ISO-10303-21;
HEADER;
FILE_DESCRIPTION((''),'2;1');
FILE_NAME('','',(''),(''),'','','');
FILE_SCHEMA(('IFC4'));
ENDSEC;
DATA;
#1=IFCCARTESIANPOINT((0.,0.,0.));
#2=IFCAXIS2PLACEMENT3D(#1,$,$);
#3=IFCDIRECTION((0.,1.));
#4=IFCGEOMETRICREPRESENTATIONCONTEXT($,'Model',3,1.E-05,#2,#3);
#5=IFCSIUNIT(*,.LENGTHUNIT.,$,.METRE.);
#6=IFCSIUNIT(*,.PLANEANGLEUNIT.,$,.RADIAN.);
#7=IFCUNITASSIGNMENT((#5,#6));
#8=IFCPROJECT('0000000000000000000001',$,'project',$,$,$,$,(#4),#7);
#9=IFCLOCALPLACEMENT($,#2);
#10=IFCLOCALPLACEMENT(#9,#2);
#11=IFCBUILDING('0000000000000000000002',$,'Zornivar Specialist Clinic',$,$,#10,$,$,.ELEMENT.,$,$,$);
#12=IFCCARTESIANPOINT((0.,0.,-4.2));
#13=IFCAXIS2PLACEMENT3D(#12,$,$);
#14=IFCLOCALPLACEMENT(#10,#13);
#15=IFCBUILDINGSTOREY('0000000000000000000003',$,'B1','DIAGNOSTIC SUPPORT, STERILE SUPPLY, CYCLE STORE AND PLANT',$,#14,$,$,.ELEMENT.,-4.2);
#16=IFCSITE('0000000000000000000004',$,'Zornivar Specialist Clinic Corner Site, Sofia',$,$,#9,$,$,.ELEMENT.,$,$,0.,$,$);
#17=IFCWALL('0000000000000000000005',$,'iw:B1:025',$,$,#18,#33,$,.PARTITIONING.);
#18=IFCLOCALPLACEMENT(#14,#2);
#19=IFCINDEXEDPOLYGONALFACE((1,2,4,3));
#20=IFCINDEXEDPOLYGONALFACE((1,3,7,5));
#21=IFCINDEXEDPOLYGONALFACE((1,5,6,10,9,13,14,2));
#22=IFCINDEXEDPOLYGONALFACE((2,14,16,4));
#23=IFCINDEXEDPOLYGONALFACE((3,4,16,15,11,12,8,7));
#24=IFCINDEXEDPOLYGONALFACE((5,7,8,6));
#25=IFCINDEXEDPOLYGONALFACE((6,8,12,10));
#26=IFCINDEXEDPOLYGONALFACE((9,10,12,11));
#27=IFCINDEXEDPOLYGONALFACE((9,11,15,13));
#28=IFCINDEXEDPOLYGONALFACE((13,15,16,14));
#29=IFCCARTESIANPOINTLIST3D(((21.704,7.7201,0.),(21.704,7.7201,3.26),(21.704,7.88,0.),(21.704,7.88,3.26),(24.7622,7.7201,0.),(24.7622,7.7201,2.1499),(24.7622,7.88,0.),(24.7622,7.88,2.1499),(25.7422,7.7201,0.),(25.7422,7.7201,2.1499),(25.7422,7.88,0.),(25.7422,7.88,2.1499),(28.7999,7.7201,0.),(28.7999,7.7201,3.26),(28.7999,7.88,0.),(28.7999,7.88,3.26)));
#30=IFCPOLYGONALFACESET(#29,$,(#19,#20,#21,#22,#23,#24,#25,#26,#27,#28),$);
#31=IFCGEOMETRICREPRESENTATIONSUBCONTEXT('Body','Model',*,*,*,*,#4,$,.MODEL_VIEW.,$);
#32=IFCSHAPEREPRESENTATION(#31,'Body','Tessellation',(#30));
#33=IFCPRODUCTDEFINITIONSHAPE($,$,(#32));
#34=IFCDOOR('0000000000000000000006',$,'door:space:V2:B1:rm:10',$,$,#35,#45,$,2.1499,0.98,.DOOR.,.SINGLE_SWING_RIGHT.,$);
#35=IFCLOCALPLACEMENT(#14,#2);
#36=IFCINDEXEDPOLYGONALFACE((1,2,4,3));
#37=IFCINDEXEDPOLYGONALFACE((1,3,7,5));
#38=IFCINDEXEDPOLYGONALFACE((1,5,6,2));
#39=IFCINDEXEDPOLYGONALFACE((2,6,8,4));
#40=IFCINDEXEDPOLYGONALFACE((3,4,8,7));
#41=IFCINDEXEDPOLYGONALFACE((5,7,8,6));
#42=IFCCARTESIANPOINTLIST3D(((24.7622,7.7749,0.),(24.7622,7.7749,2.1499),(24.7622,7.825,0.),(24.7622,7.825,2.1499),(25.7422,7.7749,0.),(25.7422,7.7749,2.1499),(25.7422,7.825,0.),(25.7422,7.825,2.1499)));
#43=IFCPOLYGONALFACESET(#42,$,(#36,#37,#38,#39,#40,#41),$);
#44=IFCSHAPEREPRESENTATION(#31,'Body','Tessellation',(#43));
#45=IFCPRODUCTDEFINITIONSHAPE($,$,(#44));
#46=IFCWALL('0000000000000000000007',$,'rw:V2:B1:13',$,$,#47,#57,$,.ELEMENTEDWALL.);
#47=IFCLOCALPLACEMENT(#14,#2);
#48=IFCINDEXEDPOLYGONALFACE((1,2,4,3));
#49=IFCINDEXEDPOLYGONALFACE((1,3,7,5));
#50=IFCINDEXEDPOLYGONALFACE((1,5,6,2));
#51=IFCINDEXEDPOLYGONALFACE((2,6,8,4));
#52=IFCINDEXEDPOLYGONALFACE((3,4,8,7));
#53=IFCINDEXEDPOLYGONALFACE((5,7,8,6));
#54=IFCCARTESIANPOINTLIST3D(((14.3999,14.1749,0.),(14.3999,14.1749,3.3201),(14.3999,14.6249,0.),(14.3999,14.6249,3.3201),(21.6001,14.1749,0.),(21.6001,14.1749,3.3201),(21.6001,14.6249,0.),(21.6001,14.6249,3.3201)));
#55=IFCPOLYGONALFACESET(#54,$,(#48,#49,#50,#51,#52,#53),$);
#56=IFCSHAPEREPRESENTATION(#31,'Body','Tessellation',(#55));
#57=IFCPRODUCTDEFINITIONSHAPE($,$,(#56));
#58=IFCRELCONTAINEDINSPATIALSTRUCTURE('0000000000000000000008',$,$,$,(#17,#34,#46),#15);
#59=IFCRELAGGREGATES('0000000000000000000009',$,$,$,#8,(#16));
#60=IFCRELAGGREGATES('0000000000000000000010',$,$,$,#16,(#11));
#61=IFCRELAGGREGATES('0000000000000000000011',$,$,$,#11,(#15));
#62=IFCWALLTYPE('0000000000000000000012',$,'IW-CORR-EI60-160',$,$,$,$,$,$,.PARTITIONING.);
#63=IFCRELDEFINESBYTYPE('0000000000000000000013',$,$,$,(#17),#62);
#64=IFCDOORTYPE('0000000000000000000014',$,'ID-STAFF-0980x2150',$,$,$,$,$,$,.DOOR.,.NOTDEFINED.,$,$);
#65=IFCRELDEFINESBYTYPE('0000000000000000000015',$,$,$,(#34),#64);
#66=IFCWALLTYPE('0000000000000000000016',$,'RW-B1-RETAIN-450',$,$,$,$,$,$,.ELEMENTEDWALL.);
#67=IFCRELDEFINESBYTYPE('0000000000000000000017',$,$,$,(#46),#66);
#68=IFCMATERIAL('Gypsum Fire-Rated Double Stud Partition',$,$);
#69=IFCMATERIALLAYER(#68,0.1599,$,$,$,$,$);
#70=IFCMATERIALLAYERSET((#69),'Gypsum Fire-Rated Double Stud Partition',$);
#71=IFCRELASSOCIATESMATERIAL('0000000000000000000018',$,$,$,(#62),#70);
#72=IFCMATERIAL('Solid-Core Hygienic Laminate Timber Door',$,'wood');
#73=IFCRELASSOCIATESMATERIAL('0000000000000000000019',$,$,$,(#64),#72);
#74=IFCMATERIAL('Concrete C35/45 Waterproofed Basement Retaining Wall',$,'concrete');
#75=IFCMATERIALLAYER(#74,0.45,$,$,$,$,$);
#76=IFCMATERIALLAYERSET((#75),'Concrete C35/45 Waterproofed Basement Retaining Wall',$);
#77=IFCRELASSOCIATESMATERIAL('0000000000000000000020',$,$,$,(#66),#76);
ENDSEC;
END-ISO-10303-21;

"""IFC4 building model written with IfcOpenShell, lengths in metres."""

from ifc_helpers import new_model, si_unit, direction, frame, frame_2d, origin, place, context, subcontext, project, spatial, rectangle, extrude, material, layer, layer_set, type_object, element, fill, save


model = new_model("IFC4")

# Units and contexts
model_context = context("Model", 3, precision=1e-05, world=origin(), true_north=direction((0.0, 1.0)))
body_context = subcontext(model_context, "Body", "Model", "MODEL_VIEW")
ifc_project = project(units=[si_unit("LENGTHUNIT", "METRE"), si_unit("PLANEANGLEUNIT", "RADIAN")], contexts=[model_context])

# Site, building, storey
site_placement = place(None, origin())
site = spatial("IfcSite", under=ifc_project, at=site_placement, Name="Zornivar Specialist Clinic Corner Site, Sofia", CompositionType="ELEMENT", RefElevation=0.0)
building_placement = place(site_placement, origin())
building = spatial("IfcBuilding", under=site, at=building_placement, Name="Zornivar Specialist Clinic", CompositionType="ELEMENT")
storey_placement = place(building_placement, frame((0.0, 0.0, -4.2)))
storey = spatial("IfcBuildingStorey", under=building, at=storey_placement, Name="B1", Description="DIAGNOSTIC SUPPORT, STERILE SUPPLY, CYCLE STORE AND PLANT", CompositionType="ELEMENT", Elevation=-4.2)

# Wall, opening, door
ifc_material_1 = material(Name="Gypsum Fire-Rated Double Stud Partition")
ifc_layer_1 = layer(ifc_material_1, 0.1599)
ifc_layer_set_1 = layer_set([ifc_layer_1], Name="Gypsum Fire-Rated Double Stud Partition")
wall_type_1 = type_object("IfcWallType", Name="IW-CORR-EI60-160", PredefinedType="PARTITIONING", material=ifc_layer_set_1)
wall_1_placement = place(storey_placement, frame((21.7041, 7.8, 0.0), z_axis=(0.0, 0.0, 1.0), x_axis=(1.0, 0.0, 0.0)))
wall_1 = element("IfcWall", 1, at=wall_1_placement, inside=storey, type_object=wall_type_1, Name="iw:B1:025", PredefinedType="PARTITIONING", context=body_context, shape_type="SweptSolid", body=[
    extrude(rectangle(XDim=7.0959, YDim=0.1599, at=frame_2d((3.5479, 0.0))), origin(), (0.0, 0.0, 1.0), 3.26),
])
opening_1_placement = place(wall_1_placement, frame((3.0581, 0.0, 0.0)))
opening_1 = element("IfcOpeningElement", 2, at=opening_1_placement, cuts=wall_1, PredefinedType="OPENING", context=body_context, shape_type="SweptSolid", body=[
    extrude(rectangle(XDim=0.98, YDim=2.1499, at=frame_2d((0.49, 1.075))), frame((0.0, 0.0898, 0.0), z_axis=(0.0, -1.0, 0.0), x_axis=(1.0, 0.0, 0.0)), (0.0, 0.0, 1.0), 0.1799),
])
ifc_material_2 = material(Name="Solid-Core Hygienic Laminate Timber Door", Category="wood")
door_type_1 = type_object("IfcDoorType", Name="ID-STAFF-0980x2150", OperationType="NOTDEFINED", PredefinedType="DOOR", material=ifc_material_2)
door_1_placement = place(opening_1_placement, origin())
door_1 = element("IfcDoor", 3, at=door_1_placement, inside=storey, type_object=door_type_1, Name="door:space:V2:B1:rm:10", OperationType="SINGLE_SWING_RIGHT", OverallHeight=2.1499, OverallWidth=0.98, PredefinedType="DOOR", context=body_context, shape_type="SweptSolid", body=[
    extrude(rectangle(XDim=0.98, YDim=2.1499, at=frame_2d((0.49, 1.075))), frame((0.0, 0.0249, 0.0), z_axis=(0.0, -1.0, 0.0), x_axis=(1.0, 0.0, 0.0)), (0.0, 0.0, 1.0), 0.05),
])
fill(opening_1, door_1)

# Wall
ifc_material_3 = material(Name="Concrete C35/45 Waterproofed Basement Retaining Wall", Category="concrete")
ifc_layer_2 = layer(ifc_material_3, 0.45)
ifc_layer_set_2 = layer_set([ifc_layer_2], Name="Concrete C35/45 Waterproofed Basement Retaining Wall")
wall_type_2 = type_object("IfcWallType", Name="RW-B1-RETAIN-450", PredefinedType="ELEMENTEDWALL", material=ifc_layer_set_2)
wall_2_placement = place(storey_placement, frame((21.6001, 14.3999, 0.0), z_axis=(0.0, 0.0, 1.0), x_axis=(-1.0, 0.0, 0.0)))
element("IfcWall", 4, at=wall_2_placement, inside=storey, type_object=wall_type_2, Name="rw:V2:B1:13", PredefinedType="ELEMENTEDWALL", context=body_context, shape_type="SweptSolid", body=[
    extrude(rectangle(XDim=7.2002, YDim=0.45, at=frame_2d((3.6001, 0.0))), origin(), (0.0, 0.0, 1.0), 3.3201),
])

save(model, "model.ifc")
